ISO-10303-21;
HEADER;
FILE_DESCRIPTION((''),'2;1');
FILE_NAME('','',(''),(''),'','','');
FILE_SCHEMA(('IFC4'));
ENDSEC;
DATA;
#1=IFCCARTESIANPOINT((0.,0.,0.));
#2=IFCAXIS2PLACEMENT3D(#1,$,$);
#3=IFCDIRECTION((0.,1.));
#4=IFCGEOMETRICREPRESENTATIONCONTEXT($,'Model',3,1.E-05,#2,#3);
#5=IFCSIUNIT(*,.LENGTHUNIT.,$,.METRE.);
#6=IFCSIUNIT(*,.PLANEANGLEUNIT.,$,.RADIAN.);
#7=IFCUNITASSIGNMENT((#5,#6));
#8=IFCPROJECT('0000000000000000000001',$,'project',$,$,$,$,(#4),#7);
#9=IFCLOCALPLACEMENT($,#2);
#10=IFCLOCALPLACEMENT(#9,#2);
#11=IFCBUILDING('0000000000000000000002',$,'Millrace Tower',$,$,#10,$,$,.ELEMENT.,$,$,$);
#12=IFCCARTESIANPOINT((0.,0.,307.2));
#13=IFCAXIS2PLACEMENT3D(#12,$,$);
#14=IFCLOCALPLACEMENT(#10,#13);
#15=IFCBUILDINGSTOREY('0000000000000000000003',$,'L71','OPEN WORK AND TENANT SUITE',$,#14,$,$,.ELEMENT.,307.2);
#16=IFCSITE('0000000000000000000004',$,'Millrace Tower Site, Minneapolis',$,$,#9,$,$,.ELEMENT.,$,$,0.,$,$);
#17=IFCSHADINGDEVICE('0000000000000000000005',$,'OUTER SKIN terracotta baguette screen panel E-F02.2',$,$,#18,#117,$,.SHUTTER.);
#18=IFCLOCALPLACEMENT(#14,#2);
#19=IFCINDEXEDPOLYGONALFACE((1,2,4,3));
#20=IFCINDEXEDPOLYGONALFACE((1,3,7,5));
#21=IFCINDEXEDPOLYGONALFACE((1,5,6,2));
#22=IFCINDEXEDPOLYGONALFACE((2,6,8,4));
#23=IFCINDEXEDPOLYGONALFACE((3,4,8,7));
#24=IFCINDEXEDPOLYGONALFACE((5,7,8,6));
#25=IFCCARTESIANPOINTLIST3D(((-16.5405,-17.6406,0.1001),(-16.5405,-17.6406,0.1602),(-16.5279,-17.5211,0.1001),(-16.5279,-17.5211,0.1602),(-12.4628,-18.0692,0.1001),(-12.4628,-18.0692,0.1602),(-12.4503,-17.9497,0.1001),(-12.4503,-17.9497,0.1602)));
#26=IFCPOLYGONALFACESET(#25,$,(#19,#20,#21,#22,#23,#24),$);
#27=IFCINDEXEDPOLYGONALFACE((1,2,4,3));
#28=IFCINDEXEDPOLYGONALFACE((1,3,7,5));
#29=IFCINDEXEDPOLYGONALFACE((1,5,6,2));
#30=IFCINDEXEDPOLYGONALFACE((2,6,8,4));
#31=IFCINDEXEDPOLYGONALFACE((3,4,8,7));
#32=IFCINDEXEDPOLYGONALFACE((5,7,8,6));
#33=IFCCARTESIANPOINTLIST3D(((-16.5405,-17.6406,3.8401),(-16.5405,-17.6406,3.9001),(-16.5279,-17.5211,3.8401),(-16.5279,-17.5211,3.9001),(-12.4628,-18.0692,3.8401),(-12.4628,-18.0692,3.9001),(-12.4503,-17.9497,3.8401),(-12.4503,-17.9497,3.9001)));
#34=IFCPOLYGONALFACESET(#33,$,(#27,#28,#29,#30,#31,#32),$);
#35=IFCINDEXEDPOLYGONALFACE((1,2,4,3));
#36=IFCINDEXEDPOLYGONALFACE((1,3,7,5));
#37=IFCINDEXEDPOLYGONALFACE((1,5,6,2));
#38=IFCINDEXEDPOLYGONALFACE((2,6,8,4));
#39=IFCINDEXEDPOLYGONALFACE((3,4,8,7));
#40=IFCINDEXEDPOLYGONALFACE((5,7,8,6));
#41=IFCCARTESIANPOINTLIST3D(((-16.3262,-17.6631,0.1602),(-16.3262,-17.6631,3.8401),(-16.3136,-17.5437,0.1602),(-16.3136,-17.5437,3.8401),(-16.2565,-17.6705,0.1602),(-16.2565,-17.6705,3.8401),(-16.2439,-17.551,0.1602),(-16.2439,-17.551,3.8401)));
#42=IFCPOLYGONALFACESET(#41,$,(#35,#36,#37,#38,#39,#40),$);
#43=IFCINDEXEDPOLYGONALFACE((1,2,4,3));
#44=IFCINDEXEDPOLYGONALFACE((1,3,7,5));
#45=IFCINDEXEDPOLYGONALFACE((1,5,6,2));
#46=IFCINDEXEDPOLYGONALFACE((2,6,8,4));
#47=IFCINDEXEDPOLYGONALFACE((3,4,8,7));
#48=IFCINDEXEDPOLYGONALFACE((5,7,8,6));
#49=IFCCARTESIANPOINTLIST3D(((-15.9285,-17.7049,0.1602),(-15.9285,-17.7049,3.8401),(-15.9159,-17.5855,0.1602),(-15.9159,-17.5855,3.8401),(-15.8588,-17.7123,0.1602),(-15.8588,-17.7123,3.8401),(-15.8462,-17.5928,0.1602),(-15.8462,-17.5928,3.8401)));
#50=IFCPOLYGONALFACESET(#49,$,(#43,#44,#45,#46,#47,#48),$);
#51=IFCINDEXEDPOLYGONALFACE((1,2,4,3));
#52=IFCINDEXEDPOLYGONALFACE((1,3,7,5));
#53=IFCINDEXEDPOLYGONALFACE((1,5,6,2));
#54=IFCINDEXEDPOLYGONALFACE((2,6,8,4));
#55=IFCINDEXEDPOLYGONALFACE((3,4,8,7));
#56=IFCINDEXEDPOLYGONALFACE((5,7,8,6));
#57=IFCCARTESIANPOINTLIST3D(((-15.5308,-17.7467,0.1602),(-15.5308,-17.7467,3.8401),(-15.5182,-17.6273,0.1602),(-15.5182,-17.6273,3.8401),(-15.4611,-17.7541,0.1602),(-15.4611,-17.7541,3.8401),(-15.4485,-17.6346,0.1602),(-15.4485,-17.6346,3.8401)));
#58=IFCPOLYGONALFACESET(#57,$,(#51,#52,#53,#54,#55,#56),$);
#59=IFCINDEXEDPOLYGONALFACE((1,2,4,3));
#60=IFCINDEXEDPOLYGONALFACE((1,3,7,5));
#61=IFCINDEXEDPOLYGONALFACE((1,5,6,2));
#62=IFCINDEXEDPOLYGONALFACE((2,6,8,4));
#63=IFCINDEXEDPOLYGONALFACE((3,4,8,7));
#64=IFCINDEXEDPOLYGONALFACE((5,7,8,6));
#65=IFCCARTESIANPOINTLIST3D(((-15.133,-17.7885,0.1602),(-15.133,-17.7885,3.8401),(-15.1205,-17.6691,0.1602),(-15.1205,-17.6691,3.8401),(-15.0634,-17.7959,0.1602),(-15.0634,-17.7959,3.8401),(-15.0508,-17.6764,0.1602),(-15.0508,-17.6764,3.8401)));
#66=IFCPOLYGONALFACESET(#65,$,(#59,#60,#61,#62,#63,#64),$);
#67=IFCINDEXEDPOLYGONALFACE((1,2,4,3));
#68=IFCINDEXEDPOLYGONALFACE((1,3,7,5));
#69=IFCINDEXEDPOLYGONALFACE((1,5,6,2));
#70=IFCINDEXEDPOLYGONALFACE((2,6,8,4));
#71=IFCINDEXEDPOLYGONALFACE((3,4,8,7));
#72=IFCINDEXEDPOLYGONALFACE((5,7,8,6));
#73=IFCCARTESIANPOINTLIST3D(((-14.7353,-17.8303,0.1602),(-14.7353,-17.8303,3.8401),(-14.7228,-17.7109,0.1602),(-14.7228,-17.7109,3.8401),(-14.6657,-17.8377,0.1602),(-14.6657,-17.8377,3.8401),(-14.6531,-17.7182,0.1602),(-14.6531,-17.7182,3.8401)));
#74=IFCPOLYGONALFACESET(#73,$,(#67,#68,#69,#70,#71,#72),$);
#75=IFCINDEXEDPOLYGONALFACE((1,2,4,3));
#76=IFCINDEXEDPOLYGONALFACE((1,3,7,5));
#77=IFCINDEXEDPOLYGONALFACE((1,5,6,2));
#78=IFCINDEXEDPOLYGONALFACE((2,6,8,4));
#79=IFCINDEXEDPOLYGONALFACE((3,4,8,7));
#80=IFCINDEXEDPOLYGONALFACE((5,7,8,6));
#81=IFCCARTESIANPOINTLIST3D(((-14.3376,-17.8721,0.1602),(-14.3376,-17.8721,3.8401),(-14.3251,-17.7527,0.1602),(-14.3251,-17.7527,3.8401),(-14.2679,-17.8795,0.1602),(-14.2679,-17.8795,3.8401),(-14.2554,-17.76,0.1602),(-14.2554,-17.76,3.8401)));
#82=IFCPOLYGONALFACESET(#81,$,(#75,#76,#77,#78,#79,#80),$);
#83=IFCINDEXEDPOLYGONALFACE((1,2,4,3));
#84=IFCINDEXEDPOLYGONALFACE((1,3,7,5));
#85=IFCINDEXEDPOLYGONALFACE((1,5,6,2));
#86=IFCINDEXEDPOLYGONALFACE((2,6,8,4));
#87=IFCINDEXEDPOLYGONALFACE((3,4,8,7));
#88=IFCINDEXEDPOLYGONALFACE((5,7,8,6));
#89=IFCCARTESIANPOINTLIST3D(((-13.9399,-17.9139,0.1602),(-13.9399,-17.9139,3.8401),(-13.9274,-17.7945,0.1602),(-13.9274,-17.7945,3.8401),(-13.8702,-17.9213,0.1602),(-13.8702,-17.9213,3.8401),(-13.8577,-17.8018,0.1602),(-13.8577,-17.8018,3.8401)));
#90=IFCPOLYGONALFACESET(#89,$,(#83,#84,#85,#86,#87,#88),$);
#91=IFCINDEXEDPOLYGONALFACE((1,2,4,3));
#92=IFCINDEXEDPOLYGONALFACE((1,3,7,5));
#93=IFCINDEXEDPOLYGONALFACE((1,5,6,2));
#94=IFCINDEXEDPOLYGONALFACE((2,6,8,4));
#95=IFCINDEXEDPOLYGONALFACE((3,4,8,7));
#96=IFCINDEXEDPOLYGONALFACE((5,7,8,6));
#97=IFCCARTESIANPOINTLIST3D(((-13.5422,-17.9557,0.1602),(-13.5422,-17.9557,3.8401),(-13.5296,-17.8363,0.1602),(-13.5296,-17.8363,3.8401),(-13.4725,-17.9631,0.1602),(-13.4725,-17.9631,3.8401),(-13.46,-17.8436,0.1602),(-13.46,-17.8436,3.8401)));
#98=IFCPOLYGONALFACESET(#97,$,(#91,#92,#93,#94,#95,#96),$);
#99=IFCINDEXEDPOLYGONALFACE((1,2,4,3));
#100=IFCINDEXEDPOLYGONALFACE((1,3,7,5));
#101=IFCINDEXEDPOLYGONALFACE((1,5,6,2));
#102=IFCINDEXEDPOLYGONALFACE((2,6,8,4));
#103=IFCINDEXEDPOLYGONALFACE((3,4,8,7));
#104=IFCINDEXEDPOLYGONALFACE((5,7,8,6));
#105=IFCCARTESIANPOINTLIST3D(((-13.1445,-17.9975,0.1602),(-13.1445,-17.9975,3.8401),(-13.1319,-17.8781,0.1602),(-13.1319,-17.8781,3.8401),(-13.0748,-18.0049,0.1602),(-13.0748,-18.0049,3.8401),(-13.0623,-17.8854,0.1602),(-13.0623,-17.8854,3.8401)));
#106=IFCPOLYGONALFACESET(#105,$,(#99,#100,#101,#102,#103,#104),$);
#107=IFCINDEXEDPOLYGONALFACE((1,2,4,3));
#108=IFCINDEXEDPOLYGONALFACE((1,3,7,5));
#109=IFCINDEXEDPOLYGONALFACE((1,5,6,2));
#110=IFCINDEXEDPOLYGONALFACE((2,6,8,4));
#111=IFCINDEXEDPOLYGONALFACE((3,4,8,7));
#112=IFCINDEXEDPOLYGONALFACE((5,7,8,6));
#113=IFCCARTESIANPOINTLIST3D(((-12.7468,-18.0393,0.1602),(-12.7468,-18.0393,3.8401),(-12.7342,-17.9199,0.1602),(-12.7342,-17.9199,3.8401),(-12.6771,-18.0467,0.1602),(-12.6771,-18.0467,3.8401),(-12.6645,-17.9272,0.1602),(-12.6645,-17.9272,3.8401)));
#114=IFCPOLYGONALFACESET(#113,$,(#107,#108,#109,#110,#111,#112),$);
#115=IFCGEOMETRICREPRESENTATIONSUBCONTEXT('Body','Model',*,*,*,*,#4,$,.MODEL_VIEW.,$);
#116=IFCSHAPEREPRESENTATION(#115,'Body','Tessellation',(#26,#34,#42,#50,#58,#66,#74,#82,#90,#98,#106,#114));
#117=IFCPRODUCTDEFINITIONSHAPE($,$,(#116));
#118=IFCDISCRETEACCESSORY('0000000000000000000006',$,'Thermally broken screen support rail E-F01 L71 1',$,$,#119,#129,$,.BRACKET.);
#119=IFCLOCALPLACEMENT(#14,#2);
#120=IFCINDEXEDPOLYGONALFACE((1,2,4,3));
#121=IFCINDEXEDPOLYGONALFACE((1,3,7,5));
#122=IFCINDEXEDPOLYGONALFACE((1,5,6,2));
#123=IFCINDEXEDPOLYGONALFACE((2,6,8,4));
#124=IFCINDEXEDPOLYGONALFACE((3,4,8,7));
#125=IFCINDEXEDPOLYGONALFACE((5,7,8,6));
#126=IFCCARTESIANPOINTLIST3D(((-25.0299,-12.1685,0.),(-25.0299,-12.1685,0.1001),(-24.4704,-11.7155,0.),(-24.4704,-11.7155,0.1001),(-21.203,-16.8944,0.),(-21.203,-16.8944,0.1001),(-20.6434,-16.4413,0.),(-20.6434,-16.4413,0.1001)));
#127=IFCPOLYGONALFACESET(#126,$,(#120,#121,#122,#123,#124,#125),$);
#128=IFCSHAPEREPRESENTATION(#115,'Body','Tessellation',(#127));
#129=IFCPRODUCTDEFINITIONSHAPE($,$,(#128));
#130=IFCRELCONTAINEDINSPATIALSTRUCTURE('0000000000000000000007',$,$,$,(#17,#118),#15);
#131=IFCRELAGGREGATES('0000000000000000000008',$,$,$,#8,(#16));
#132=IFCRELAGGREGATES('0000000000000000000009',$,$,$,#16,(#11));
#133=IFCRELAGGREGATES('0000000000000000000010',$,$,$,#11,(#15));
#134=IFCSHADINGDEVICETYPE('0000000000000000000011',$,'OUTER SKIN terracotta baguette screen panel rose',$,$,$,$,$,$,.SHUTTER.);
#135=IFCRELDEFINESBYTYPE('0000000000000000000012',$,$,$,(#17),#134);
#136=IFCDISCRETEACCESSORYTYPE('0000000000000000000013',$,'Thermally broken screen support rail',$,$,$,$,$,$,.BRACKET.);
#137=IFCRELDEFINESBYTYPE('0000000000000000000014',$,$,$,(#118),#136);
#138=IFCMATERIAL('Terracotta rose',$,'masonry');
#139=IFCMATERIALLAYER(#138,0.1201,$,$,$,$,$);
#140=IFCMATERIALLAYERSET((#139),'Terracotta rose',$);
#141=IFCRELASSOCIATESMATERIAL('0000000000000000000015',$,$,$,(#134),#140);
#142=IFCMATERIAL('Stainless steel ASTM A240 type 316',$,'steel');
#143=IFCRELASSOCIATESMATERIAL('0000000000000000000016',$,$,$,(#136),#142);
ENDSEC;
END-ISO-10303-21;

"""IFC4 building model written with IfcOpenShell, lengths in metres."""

from ifc_helpers import new_model, entity, si_unit, direction, frame, frame_2d, origin, origin_2d, place, context, subcontext, project, spatial, rectangle, extrude, source, transform, mapped, material, layer, layer_set, type_object, element, save


model = new_model("IFC4")

# Units and contexts
model_context = context("Model", 3, precision=1e-05, world=origin(), true_north=direction((0.0, 1.0)))
body_context = subcontext(model_context, "Body", "Model", "MODEL_VIEW")
ifc_project = project(units=[si_unit("LENGTHUNIT", "METRE"), si_unit("PLANEANGLEUNIT", "RADIAN")], contexts=[model_context])

# Site, building, storey
site_placement = place(None, origin())
site = spatial("IfcSite", under=ifc_project, at=site_placement, Name="Millrace Tower Site, Minneapolis", CompositionType="ELEMENT", RefElevation=0.0)
building_placement = place(site_placement, origin())
building = spatial("IfcBuilding", under=site, at=building_placement, Name="Millrace Tower", CompositionType="ELEMENT")
storey_placement = place(building_placement, frame((0.0, 0.0, 307.2)))
storey = spatial("IfcBuildingStorey", under=building, at=storey_placement, Name="L71", Description="OPEN WORK AND TENANT SUITE", CompositionType="ELEMENT", Elevation=307.2)

# Shading device
ifc_material_1 = material(Name="Terracotta rose", Category="masonry")
ifc_layer_1 = layer(ifc_material_1, 0.1201)
ifc_layer_set_1 = layer_set([ifc_layer_1], Name="Terracotta rose")
shading_device_type = type_object("IfcShadingDeviceType", Name="OUTER SKIN terracotta baguette screen panel rose", PredefinedType="SHUTTER", material=ifc_layer_set_1)
cartesian_point_1 = entity("IfcCartesianPoint", [-2.05, 0.0601])
shared_polyline_1 = entity("IfcPolyline", [cartesian_point_1, entity("IfcCartesianPoint", [2.05, 0.0601]), entity("IfcCartesianPoint", [2.05, -0.0601]), entity("IfcCartesianPoint", [-2.05, -0.0601]), cartesian_point_1])
shared_shape_1 = source(origin(), body_context, "Body", "SweptSolid", [
    entity("IfcExtrudedAreaSolid", entity("IfcArbitraryClosedProfileDef", "AREA", None, shared_polyline_1), entity("IfcAxis2Placement3D", entity("IfcCartesianPoint", [0.0, 0.0, 0.0])), entity("IfcDirection", [0.0, 0.0, 1.0]), 0.0601),
    entity("IfcExtrudedAreaSolid", entity("IfcArbitraryClosedProfileDef", "AREA", None, shared_polyline_1), entity("IfcAxis2Placement3D", entity("IfcCartesianPoint", [0.0, 0.0, 3.74])), entity("IfcDirection", [0.0, 0.0, 1.0]), 0.0601),
    extrude(rectangle(XDim=0.0701, YDim=0.1201, at=frame_2d((-1.7996, 0.0))), frame((0.0, 0.0, 0.0601)), (0.0, 0.0, 1.0), 3.6799),
    extrude(rectangle(XDim=0.0701, YDim=0.1201, at=frame_2d((-1.3997, 0.0))), frame((0.0, 0.0, 0.0601)), (0.0, 0.0, 1.0), 3.6799),
    extrude(rectangle(XDim=0.0701, YDim=0.1201, at=frame_2d((-0.9998, 0.0))), frame((0.0, 0.0, 0.0601)), (0.0, 0.0, 1.0), 3.6799),
    extrude(rectangle(XDim=0.0701, YDim=0.1201, at=frame_2d((-0.5999, 0.0))), frame((0.0, 0.0, 0.0601)), (0.0, 0.0, 1.0), 3.6799),
    extrude(rectangle(XDim=0.0701, YDim=0.1201, at=frame_2d((-0.2, 0.0))), frame((0.0, 0.0, 0.0601)), (0.0, 0.0, 1.0), 3.6799),
    extrude(rectangle(XDim=0.0701, YDim=0.1201, at=frame_2d((0.2, 0.0))), frame((0.0, 0.0, 0.0601)), (0.0, 0.0, 1.0), 3.6799),
    extrude(rectangle(XDim=0.0701, YDim=0.1201, at=frame_2d((0.5999, 0.0))), frame((0.0, 0.0, 0.0601)), (0.0, 0.0, 1.0), 3.6799),
    extrude(rectangle(XDim=0.0701, YDim=0.1201, at=frame_2d((0.9998, 0.0))), frame((0.0, 0.0, 0.0601)), (0.0, 0.0, 1.0), 3.6799),
    extrude(rectangle(XDim=0.0701, YDim=0.1201, at=frame_2d((1.3997, 0.0))), frame((0.0, 0.0, 0.0601)), (0.0, 0.0, 1.0), 3.6799),
    extrude(rectangle(XDim=0.0701, YDim=0.1201, at=frame_2d((1.7996, 0.0))), frame((0.0, 0.0, 0.0601)), (0.0, 0.0, 1.0), 3.6799),
])
shading_device_1_placement = place(storey_placement, frame((-14.4954, -17.7952, 0.1001), z_axis=(0.0, 0.0, 1.0), x_axis=(0.994522, -0.104528, 0.0)))
element("IfcShadingDevice", 1, at=shading_device_1_placement, inside=storey, type_object=shading_device_type, Name="OUTER SKIN terracotta baguette screen panel E-F02.2", PredefinedType="SHUTTER", context=body_context, shape_type="MappedRepresentation", body=[
    mapped(shared_shape_1, transform((0.0, 0.0, 0.0), scale=1.0)),
])

# Discrete accessory
ifc_material_2 = material(Name="Stainless steel ASTM A240 type 316", Category="steel")
discrete_accessory_type = type_object("IfcDiscreteAccessoryType", Name="Thermally broken screen support rail", PredefinedType="BRACKET", material=ifc_material_2)
discrete_accessory_placement = place(storey_placement, frame((-22.8367, -14.3049, 0.0), z_axis=(0.0, 0.0, 1.0), x_axis=(0.62932, -0.777146, 0.0)))
element("IfcDiscreteAccessory", 2, at=discrete_accessory_placement, inside=storey, type_object=discrete_accessory_type, Name="Thermally broken screen support rail E-F01 L71 1", PredefinedType="BRACKET", context=body_context, shape_type="SweptSolid", body=[
    extrude(rectangle(XDim=6.0811, YDim=0.72, at=origin_2d()), origin(), (0.0, 0.0, 1.0), 0.1001),
])

save(model, "model.ifc")
